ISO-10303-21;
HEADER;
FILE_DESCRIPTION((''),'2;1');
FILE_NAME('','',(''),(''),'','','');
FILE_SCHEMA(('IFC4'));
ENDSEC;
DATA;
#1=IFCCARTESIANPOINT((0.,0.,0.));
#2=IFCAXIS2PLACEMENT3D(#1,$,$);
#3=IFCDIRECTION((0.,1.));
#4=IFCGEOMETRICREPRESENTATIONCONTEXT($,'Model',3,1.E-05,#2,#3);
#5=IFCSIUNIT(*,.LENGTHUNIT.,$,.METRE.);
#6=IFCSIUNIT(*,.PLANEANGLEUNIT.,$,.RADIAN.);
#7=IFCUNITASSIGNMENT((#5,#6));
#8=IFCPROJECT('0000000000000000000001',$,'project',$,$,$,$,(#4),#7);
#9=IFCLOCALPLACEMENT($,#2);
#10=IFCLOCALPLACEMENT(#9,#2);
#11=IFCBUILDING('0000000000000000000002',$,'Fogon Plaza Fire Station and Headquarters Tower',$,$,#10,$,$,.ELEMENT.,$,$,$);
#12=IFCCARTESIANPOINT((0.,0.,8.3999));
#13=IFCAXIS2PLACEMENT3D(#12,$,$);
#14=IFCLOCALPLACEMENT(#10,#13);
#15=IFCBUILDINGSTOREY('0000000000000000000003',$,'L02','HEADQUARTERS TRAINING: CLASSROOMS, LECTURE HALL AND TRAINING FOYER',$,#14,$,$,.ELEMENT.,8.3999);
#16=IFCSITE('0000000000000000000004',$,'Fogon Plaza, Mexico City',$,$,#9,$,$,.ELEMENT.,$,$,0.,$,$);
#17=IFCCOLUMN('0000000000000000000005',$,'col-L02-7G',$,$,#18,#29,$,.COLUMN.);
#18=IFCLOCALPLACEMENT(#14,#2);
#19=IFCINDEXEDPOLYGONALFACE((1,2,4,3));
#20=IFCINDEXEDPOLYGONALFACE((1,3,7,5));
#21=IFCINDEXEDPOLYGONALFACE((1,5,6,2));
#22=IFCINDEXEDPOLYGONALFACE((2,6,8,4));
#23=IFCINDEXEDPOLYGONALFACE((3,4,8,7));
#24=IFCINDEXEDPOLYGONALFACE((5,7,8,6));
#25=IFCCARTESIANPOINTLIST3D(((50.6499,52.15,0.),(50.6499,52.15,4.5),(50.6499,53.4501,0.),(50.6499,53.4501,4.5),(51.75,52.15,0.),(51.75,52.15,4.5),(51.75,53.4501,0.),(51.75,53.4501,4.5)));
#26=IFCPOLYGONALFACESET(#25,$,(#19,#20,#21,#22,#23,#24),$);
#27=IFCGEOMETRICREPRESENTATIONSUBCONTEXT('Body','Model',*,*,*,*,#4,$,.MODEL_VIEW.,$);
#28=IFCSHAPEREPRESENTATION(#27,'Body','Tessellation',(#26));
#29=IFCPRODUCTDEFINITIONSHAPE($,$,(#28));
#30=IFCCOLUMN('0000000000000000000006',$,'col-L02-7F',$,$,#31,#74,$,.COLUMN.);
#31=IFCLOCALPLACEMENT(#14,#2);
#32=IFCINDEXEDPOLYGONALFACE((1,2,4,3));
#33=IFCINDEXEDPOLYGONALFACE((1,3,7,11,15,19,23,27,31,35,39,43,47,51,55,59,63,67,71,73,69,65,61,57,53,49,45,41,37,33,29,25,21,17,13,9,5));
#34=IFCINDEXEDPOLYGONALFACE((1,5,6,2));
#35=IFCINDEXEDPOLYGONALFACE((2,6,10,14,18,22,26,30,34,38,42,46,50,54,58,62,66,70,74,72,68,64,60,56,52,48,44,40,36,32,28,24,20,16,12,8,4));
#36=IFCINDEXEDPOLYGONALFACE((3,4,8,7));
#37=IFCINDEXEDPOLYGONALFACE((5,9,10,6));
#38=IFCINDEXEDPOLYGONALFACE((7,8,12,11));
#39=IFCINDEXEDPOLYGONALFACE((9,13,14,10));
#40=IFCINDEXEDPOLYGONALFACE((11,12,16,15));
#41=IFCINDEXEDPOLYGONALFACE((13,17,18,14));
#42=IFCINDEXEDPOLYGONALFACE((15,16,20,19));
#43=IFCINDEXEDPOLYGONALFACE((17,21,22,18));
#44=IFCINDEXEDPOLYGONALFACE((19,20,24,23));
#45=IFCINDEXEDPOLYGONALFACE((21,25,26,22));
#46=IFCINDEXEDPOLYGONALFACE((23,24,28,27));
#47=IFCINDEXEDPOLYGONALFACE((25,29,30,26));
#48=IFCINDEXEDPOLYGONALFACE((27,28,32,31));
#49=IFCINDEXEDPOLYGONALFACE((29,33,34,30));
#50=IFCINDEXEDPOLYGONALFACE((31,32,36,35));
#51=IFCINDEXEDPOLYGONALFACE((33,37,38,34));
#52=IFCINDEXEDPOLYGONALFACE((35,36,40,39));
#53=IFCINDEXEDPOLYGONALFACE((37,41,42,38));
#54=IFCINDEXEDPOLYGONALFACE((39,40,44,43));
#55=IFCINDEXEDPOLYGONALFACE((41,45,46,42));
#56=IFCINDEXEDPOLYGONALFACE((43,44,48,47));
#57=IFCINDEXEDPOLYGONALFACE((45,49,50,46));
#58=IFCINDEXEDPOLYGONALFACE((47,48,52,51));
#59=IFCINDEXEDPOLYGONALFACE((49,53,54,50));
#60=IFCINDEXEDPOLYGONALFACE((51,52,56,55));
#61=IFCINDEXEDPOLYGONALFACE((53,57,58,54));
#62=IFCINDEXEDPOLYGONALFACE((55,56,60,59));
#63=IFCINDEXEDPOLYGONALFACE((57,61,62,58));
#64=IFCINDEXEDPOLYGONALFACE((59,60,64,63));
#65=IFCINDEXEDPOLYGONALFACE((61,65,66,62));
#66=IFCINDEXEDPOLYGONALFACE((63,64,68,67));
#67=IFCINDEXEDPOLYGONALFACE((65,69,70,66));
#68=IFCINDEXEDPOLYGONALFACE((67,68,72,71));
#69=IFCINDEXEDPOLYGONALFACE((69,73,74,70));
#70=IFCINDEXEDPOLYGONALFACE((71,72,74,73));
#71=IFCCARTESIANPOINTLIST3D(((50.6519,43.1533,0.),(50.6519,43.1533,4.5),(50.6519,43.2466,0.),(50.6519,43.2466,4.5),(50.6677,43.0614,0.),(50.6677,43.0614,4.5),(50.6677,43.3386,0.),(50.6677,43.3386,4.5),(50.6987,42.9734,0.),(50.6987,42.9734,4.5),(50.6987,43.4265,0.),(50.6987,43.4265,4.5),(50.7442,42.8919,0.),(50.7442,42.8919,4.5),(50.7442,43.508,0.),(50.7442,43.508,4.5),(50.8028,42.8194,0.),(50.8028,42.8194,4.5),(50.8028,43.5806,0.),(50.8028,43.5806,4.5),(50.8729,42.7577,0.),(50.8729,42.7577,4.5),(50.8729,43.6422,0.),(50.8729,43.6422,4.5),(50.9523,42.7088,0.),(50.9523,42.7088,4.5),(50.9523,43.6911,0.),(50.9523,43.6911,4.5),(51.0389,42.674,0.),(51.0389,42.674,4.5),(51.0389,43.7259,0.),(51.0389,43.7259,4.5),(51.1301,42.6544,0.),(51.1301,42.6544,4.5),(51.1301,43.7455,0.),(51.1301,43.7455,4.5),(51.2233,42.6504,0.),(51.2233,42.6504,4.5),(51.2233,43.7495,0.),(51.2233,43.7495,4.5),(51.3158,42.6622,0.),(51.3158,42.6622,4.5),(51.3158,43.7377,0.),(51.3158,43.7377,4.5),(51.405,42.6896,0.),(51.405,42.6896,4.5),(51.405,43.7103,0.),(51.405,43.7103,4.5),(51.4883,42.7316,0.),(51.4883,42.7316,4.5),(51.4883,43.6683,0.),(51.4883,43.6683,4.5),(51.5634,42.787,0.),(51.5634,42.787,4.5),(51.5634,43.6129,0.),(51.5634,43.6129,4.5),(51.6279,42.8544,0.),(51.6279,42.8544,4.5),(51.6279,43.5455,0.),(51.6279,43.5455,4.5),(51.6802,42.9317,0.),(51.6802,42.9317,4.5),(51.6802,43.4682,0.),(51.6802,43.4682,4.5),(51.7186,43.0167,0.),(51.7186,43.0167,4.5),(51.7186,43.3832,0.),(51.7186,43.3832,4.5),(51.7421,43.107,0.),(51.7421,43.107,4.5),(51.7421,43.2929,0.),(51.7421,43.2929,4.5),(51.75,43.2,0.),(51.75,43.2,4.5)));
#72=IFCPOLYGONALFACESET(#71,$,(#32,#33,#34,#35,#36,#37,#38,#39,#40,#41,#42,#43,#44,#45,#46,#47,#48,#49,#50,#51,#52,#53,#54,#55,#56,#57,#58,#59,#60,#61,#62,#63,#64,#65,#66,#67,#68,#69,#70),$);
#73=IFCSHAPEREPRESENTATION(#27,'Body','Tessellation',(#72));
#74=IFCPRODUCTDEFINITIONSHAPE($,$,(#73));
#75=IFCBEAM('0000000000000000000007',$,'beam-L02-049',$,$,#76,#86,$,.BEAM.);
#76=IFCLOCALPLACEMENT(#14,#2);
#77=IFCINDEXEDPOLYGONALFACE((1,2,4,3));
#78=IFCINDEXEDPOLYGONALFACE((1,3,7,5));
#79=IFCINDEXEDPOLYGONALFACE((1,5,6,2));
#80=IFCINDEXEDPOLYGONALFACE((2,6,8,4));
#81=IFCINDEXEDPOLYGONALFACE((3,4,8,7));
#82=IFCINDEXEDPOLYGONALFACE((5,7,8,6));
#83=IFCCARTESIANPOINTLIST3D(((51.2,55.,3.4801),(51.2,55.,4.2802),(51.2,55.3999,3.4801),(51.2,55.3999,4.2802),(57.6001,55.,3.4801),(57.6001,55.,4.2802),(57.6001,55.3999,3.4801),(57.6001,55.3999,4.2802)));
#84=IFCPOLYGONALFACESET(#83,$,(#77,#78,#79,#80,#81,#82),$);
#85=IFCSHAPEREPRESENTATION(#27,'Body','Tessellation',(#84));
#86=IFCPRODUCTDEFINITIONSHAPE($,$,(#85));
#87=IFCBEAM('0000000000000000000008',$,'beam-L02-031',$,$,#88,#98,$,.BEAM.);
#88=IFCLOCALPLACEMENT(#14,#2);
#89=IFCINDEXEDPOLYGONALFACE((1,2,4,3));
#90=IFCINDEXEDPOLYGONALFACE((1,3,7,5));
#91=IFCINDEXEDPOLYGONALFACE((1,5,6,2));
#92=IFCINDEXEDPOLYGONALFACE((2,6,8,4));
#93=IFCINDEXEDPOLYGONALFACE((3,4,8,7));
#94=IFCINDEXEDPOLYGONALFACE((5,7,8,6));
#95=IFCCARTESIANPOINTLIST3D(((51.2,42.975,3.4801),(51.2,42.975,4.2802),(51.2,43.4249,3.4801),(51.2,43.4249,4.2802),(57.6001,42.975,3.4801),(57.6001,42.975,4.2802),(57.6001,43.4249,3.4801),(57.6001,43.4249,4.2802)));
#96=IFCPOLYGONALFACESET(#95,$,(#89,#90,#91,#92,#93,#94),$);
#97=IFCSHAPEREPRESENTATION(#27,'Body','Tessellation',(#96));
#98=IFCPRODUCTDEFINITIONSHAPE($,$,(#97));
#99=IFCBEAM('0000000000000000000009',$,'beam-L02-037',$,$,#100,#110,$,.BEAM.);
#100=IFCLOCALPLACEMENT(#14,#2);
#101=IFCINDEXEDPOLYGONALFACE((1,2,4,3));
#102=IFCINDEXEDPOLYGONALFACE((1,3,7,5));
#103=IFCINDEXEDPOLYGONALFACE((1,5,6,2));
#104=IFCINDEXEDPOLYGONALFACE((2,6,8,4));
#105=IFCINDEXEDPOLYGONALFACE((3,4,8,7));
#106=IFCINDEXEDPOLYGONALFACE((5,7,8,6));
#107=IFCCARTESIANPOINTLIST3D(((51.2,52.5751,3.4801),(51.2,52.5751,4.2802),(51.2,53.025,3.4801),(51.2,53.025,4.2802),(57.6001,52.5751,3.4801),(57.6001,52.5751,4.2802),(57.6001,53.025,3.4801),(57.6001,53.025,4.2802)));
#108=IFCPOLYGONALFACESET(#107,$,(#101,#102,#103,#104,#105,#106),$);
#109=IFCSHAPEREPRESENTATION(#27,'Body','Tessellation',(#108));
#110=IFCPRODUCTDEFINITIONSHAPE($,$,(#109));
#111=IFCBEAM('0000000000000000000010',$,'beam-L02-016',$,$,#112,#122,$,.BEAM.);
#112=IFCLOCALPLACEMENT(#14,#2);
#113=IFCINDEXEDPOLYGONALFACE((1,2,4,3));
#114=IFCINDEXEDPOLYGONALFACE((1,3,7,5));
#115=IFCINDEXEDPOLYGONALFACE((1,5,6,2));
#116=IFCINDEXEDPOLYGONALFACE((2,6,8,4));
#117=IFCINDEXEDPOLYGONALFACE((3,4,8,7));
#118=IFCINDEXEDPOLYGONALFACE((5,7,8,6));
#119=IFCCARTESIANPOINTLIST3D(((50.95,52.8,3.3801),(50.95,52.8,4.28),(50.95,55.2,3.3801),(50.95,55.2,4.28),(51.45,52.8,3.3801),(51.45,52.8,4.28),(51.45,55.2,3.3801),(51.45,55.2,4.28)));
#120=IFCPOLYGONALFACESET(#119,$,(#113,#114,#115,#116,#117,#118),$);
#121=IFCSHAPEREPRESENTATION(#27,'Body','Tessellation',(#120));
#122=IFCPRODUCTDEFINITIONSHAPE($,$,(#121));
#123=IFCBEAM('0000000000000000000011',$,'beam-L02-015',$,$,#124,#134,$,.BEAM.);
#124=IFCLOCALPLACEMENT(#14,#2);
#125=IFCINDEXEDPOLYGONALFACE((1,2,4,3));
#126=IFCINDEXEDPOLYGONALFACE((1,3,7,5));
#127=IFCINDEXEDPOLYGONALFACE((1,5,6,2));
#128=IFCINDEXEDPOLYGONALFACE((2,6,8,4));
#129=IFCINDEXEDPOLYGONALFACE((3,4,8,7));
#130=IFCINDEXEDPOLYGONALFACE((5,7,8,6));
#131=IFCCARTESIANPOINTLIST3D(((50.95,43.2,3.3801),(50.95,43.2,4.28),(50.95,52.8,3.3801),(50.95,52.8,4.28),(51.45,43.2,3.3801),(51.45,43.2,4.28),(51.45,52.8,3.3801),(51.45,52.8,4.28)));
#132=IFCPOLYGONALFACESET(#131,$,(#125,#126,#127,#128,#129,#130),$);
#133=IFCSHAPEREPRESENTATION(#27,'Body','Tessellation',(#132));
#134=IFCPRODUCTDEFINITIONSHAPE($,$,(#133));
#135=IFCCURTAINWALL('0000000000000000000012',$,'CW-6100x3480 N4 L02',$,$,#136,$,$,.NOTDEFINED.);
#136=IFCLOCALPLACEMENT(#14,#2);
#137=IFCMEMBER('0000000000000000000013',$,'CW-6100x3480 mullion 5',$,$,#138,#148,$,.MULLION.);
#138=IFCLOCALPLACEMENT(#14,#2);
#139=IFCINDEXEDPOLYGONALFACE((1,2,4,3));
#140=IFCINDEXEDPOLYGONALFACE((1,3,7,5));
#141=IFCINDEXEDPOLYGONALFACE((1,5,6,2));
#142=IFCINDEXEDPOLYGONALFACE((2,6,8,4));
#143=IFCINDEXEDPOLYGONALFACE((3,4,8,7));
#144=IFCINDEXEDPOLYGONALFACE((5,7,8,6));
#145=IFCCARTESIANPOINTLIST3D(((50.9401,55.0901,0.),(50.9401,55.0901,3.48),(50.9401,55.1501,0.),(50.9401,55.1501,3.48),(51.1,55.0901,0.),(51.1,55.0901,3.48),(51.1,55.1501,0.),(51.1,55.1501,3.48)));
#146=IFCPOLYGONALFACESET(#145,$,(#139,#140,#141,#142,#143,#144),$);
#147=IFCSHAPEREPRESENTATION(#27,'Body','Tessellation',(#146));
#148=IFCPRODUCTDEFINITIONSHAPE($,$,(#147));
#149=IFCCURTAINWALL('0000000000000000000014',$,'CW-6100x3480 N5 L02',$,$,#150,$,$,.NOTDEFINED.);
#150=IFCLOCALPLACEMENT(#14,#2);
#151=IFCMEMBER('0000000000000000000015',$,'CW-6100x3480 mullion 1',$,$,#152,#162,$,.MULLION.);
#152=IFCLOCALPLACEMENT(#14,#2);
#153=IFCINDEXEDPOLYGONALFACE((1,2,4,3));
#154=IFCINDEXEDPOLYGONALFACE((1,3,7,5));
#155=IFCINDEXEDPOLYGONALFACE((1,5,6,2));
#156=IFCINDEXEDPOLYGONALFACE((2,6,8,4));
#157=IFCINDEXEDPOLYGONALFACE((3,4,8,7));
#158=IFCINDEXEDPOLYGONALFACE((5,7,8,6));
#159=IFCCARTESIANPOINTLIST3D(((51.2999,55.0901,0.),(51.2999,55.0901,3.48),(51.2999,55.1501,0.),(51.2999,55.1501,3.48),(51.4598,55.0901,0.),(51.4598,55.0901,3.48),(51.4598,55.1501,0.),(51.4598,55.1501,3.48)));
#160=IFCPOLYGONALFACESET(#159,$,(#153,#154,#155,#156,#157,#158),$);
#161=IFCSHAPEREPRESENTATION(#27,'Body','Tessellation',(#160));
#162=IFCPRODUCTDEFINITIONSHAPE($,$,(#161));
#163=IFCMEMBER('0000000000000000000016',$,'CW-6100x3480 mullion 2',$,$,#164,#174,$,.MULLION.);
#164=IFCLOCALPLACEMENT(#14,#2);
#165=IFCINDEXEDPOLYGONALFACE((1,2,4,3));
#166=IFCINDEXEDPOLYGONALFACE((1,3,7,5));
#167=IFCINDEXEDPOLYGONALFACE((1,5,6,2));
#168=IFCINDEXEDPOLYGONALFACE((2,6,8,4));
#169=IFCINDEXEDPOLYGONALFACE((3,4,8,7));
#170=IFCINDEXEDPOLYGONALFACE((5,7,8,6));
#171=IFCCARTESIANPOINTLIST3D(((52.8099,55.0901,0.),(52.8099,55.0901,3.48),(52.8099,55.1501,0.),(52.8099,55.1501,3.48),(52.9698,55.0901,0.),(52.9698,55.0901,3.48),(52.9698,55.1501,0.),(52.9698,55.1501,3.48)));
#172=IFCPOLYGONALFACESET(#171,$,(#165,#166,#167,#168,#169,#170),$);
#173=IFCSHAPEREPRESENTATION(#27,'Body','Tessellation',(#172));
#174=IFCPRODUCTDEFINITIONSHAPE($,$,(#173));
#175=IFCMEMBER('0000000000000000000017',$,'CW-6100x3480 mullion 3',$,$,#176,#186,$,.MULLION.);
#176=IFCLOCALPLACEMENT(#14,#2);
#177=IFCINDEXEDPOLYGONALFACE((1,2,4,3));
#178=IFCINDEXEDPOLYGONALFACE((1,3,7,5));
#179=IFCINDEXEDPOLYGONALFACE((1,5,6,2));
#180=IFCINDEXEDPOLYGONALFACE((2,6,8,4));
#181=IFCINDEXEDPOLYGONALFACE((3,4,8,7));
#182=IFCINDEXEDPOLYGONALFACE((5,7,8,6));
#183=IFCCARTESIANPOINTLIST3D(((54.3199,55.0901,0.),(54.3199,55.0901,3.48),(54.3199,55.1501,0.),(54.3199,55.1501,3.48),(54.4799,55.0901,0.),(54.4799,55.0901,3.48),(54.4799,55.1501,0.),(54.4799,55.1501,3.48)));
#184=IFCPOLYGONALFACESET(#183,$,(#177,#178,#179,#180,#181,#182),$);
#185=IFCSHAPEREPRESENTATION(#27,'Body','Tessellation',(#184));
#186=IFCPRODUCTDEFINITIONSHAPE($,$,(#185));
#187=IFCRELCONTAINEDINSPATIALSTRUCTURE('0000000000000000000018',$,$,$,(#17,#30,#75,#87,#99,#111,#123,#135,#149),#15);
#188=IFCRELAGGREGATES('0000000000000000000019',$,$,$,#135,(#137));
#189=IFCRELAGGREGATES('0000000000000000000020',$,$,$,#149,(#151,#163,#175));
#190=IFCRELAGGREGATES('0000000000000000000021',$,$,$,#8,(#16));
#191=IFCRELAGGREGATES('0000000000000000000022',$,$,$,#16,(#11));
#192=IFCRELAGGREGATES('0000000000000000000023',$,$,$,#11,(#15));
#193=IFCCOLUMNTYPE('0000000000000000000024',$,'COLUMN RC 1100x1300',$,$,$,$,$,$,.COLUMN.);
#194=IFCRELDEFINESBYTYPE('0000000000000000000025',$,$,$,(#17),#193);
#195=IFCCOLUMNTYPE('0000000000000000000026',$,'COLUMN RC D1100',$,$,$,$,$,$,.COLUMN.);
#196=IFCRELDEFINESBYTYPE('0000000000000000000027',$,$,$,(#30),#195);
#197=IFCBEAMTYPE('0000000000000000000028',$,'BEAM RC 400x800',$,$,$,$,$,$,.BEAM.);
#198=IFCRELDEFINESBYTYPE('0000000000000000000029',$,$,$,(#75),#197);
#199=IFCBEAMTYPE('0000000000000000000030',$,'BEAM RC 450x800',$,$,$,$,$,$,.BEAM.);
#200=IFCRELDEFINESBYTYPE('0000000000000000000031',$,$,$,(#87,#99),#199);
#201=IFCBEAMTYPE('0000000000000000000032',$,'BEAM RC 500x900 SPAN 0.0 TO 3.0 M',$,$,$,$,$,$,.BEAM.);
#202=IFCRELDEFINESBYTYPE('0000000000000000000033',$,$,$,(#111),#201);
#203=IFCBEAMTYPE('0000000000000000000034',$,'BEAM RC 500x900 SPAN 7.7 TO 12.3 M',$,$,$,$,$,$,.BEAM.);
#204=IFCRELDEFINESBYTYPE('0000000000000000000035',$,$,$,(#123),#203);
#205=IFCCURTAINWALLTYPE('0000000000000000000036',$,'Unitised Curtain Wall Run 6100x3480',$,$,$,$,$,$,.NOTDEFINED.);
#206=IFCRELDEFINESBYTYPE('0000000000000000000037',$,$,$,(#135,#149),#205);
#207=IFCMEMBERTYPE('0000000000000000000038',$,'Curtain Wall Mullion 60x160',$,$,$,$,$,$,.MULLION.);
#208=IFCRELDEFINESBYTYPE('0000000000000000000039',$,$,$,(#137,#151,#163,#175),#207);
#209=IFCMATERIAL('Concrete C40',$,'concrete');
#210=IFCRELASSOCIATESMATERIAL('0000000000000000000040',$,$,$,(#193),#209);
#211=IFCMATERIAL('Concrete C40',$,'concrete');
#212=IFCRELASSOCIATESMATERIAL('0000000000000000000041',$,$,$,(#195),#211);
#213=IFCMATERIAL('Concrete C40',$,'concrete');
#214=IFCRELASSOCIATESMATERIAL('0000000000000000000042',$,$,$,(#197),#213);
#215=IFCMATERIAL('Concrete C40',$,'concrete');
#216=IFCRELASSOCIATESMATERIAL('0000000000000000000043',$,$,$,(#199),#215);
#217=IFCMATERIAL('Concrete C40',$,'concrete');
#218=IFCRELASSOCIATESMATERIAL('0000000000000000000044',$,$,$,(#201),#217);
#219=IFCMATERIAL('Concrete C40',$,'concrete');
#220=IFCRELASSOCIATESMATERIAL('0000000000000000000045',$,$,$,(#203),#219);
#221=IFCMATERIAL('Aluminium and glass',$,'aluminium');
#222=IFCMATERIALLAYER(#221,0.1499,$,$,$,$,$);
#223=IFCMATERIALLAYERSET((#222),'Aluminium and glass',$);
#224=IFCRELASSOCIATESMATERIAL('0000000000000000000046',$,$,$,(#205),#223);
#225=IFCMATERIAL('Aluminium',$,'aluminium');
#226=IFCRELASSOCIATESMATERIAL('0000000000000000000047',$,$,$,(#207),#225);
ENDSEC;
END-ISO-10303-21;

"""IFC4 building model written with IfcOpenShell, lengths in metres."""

from ifc_helpers import new_model, si_unit, direction, frame, origin, origin_2d, place, context, subcontext, project, spatial, rectangle, circle, extrude, material, layer, layer_set, material_profile, profile_set, type_object, element, aggregate, save


model = new_model("IFC4")

# Units and contexts
model_context = context("Model", 3, precision=1e-05, world=origin(), true_north=direction((0.0, 1.0)))
body_context = subcontext(model_context, "Body", "Model", "MODEL_VIEW")
ifc_project = project(units=[si_unit("LENGTHUNIT", "METRE"), si_unit("PLANEANGLEUNIT", "RADIAN")], contexts=[model_context])

# Site, building, storey
site_placement = place(None, origin())
site = spatial("IfcSite", under=ifc_project, at=site_placement, Name="Fogon Plaza, Mexico City", CompositionType="ELEMENT", RefElevation=0.0)
building_placement = place(site_placement, origin())
building = spatial("IfcBuilding", under=site, at=building_placement, Name="Fogon Plaza Fire Station and Headquarters Tower", CompositionType="ELEMENT")
storey_placement = place(building_placement, frame((0.0, 0.0, 8.3999)))
storey = spatial("IfcBuildingStorey", under=building, at=storey_placement, Name="L02", Description="HEADQUARTERS TRAINING: CLASSROOMS, LECTURE HALL AND TRAINING FOYER", CompositionType="ELEMENT", Elevation=8.3999)

# Columns
ifc_material_1 = material(Name="Concrete C40", Category="concrete")
ifc_material_profile_1 = material_profile(ifc_material_1, rectangle(XDim=1.1001, YDim=1.3, at=origin_2d()), Name="RC 1100x1300")
ifc_profile_set_1 = profile_set([ifc_material_profile_1], Name="Concrete C40")
column_type_1 = type_object("IfcColumnType", Name="COLUMN RC 1100x1300", PredefinedType="COLUMN", material=ifc_profile_set_1)
column_1_placement = place(storey_placement, frame((51.2, 52.8, 0.0), z_axis=(0.0, 0.0, 1.0), x_axis=(1.0, 0.0, 0.0)))
element("IfcColumn", 1, at=column_1_placement, inside=storey, type_object=column_type_1, Name="col-L02-7G", PredefinedType="COLUMN", context=body_context, shape_type="SweptSolid", body=[
    extrude(rectangle(XDim=1.1001, YDim=1.3, at=origin_2d()), origin(), (0.0, 0.0, 1.0), 4.5),
])
ifc_material_2 = material(Name="Concrete C40", Category="concrete")
ifc_material_profile_2 = material_profile(ifc_material_2, circle(Radius=0.55, at=origin_2d()), Name="RC D1100")
ifc_profile_set_2 = profile_set([ifc_material_profile_2], Name="Concrete C40")
column_type_2 = type_object("IfcColumnType", Name="COLUMN RC D1100", PredefinedType="COLUMN", material=ifc_profile_set_2)
column_2_placement = place(storey_placement, frame((51.2, 43.2, 0.0), z_axis=(0.0, 0.0, 1.0), x_axis=(1.0, 0.0, 0.0)))
element("IfcColumn", 2, at=column_2_placement, inside=storey, type_object=column_type_2, Name="col-L02-7F", PredefinedType="COLUMN", context=body_context, shape_type="SweptSolid", body=[
    extrude(circle(Radius=0.55, at=origin_2d()), origin(), (0.0, 0.0, 1.0), 4.5),
])

# Beams
ifc_material_3 = material(Name="Concrete C40", Category="concrete")
ifc_material_profile_3 = material_profile(ifc_material_3, rectangle(XDim=0.3999, YDim=0.8, at=origin_2d()), Name="RC 400x800")
ifc_profile_set_3 = profile_set([ifc_material_profile_3], Name="Concrete C40")
beam_type_1 = type_object("IfcBeamType", Name="BEAM RC 400x800", PredefinedType="BEAM", material=ifc_profile_set_3)
beam_1_placement = place(storey_placement, frame((51.2, 55.2, 3.8801), z_axis=(1.0, 0.0, 0.0), x_axis=(0.0, 1.0, 0.0)))
element("IfcBeam", 3, at=beam_1_placement, inside=storey, type_object=beam_type_1, Name="beam-L02-049", PredefinedType="BEAM", context=body_context, shape_type="SweptSolid", body=[
    extrude(rectangle(XDim=0.3999, YDim=0.8, at=origin_2d()), origin(), (0.0, 0.0, 1.0), 6.4001),
])
ifc_material_4 = material(Name="Concrete C40", Category="concrete")
ifc_material_profile_4 = material_profile(ifc_material_4, rectangle(XDim=0.45, YDim=0.8, at=origin_2d()), Name="RC 450x800")
ifc_profile_set_4 = profile_set([ifc_material_profile_4], Name="Concrete C40")
beam_type_2 = type_object("IfcBeamType", Name="BEAM RC 450x800", PredefinedType="BEAM", material=ifc_profile_set_4)
for number, where, z_axis, x_axis, name in (
    (4, (51.2, 43.2, 3.8801), (1.0, 0.0, 0.0), (0.0, 1.0, 0.0), "beam-L02-031"),
    (5, (51.2, 52.8, 3.8801), (1.0, 0.0, 0.0), (0.0, 1.0, 0.0), "beam-L02-037"),
):
    element("IfcBeam", number, at=place(storey_placement, frame(where, z_axis=z_axis, x_axis=x_axis)), inside=storey, type_object=beam_type_2, Name=name, PredefinedType="BEAM", context=body_context, shape_type="SweptSolid", body=[
        extrude(rectangle(XDim=0.45, YDim=0.8, at=origin_2d()), origin(), (0.0, 0.0, 1.0), 6.4001),
    ])
ifc_material_5 = material(Name="Concrete C40", Category="concrete")
ifc_material_profile_5 = material_profile(ifc_material_5, rectangle(XDim=0.5, YDim=0.8999, at=origin_2d()), Name="RC 500x900")
ifc_profile_set_5 = profile_set([ifc_material_profile_5], Name="Concrete C40")
beam_type_3 = type_object("IfcBeamType", Name="BEAM RC 500x900 SPAN 0.0 TO 3.0 M", PredefinedType="BEAM", material=ifc_profile_set_5)
beam_2_placement = place(storey_placement, frame((51.2, 52.8, 3.8301), z_axis=(0.0, 1.0, 0.0), x_axis=(-1.0, 0.0, 0.0)))
element("IfcBeam", 6, at=beam_2_placement, inside=storey, type_object=beam_type_3, Name="beam-L02-016", PredefinedType="BEAM", context=body_context, shape_type="SweptSolid", body=[
    extrude(rectangle(XDim=0.5, YDim=0.8999, at=origin_2d()), origin(), (0.0, 0.0, 1.0), 2.3999),
])
ifc_material_6 = material(Name="Concrete C40", Category="concrete")
ifc_material_profile_6 = material_profile(ifc_material_6, rectangle(XDim=0.5, YDim=0.8999, at=origin_2d()), Name="RC 500x900")
ifc_profile_set_6 = profile_set([ifc_material_profile_6], Name="Concrete C40")
beam_type_4 = type_object("IfcBeamType", Name="BEAM RC 500x900 SPAN 7.7 TO 12.3 M", PredefinedType="BEAM", material=ifc_profile_set_6)
beam_3_placement = place(storey_placement, frame((51.2, 43.2, 3.8301), z_axis=(0.0, 1.0, 0.0), x_axis=(-1.0, 0.0, 0.0)))
element("IfcBeam", 7, at=beam_3_placement, inside=storey, type_object=beam_type_4, Name="beam-L02-015", PredefinedType="BEAM", context=body_context, shape_type="SweptSolid", body=[
    extrude(rectangle(XDim=0.5, YDim=0.8999, at=origin_2d()), origin(), (0.0, 0.0, 1.0), 9.6001),
])

# Curtain wall, member
ifc_material_7 = material(Name="Aluminium and glass", Category="aluminium")
ifc_layer_1 = layer(ifc_material_7, 0.1499)
ifc_layer_set_1 = layer_set([ifc_layer_1], Name="Aluminium and glass")
curtain_wall_type = type_object("IfcCurtainWallType", Name="Unitised Curtain Wall Run 6100x3480", PredefinedType="NOTDEFINED", material=ifc_layer_set_1)
curtain_wall_1_placement = place(storey_placement, origin())
curtain_wall_1 = element("IfcCurtainWall", 8, at=curtain_wall_1_placement, inside=storey, type_object=curtain_wall_type, Name="CW-6100x3480 N4 L02", PredefinedType="NOTDEFINED")
ifc_material_8 = material(Name="Aluminium", Category="aluminium")
ifc_material_profile_7 = material_profile(ifc_material_8, rectangle(XDim=0.0601, YDim=0.1599, at=origin_2d()), Name="Curtain Wall Mullion 60x160")
ifc_profile_set_7 = profile_set([ifc_material_profile_7], Name="Aluminium")
member_type_1 = type_object("IfcMemberType", Name="Curtain Wall Mullion 60x160", PredefinedType="MULLION", material=ifc_profile_set_7)
member_1_placement = place(storey_placement, frame((51.02, 55.1201, 0.0), z_axis=(0.0, 0.0, 1.0), x_axis=(0.0, 1.0, 0.0)))
member_1 = element("IfcMember", 9, at=member_1_placement, type_object=member_type_1, Name="CW-6100x3480 mullion 5", PredefinedType="MULLION", context=body_context, shape_type="SweptSolid", body=[
    extrude(rectangle(XDim=0.0601, YDim=0.1599, at=origin_2d()), origin(), (0.0, 0.0, 1.0), 3.48),
])

# Curtain wall, members
curtain_wall_2_placement = place(storey_placement, origin())
curtain_wall_2 = element("IfcCurtainWall", 10, at=curtain_wall_2_placement, inside=storey, type_object=curtain_wall_type, Name="CW-6100x3480 N5 L02", PredefinedType="NOTDEFINED")
member_2_placement = place(storey_placement, frame((51.3799, 55.1201, 0.0), z_axis=(0.0, 0.0, 1.0), x_axis=(0.0, 1.0, 0.0)))
member_2 = element("IfcMember", 11, at=member_2_placement, type_object=member_type_1, Name="CW-6100x3480 mullion 1", PredefinedType="MULLION", context=body_context, shape_type="SweptSolid", body=[
    extrude(rectangle(XDim=0.0601, YDim=0.1599, at=origin_2d()), origin(), (0.0, 0.0, 1.0), 3.48),
])
member_3_placement = place(storey_placement, frame((52.8899, 55.1201, 0.0), z_axis=(0.0, 0.0, 1.0), x_axis=(0.0, 1.0, 0.0)))
member_3 = element("IfcMember", 12, at=member_3_placement, type_object=member_type_1, Name="CW-6100x3480 mullion 2", PredefinedType="MULLION", context=body_context, shape_type="SweptSolid", body=[
    extrude(rectangle(XDim=0.0601, YDim=0.1599, at=origin_2d()), origin(), (0.0, 0.0, 1.0), 3.48),
])
member_4_placement = place(storey_placement, frame((54.3999, 55.1201, 0.0), z_axis=(0.0, 0.0, 1.0), x_axis=(0.0, 1.0, 0.0)))
member_4 = element("IfcMember", 13, at=member_4_placement, type_object=member_type_1, Name="CW-6100x3480 mullion 3", PredefinedType="MULLION", context=body_context, shape_type="SweptSolid", body=[
    extrude(rectangle(XDim=0.0601, YDim=0.1599, at=origin_2d()), origin(), (0.0, 0.0, 1.0), 3.48),
])

aggregate(curtain_wall_1, [member_1])
aggregate(curtain_wall_2, [member_2, member_3, member_4])

save(model, "model.ifc")
